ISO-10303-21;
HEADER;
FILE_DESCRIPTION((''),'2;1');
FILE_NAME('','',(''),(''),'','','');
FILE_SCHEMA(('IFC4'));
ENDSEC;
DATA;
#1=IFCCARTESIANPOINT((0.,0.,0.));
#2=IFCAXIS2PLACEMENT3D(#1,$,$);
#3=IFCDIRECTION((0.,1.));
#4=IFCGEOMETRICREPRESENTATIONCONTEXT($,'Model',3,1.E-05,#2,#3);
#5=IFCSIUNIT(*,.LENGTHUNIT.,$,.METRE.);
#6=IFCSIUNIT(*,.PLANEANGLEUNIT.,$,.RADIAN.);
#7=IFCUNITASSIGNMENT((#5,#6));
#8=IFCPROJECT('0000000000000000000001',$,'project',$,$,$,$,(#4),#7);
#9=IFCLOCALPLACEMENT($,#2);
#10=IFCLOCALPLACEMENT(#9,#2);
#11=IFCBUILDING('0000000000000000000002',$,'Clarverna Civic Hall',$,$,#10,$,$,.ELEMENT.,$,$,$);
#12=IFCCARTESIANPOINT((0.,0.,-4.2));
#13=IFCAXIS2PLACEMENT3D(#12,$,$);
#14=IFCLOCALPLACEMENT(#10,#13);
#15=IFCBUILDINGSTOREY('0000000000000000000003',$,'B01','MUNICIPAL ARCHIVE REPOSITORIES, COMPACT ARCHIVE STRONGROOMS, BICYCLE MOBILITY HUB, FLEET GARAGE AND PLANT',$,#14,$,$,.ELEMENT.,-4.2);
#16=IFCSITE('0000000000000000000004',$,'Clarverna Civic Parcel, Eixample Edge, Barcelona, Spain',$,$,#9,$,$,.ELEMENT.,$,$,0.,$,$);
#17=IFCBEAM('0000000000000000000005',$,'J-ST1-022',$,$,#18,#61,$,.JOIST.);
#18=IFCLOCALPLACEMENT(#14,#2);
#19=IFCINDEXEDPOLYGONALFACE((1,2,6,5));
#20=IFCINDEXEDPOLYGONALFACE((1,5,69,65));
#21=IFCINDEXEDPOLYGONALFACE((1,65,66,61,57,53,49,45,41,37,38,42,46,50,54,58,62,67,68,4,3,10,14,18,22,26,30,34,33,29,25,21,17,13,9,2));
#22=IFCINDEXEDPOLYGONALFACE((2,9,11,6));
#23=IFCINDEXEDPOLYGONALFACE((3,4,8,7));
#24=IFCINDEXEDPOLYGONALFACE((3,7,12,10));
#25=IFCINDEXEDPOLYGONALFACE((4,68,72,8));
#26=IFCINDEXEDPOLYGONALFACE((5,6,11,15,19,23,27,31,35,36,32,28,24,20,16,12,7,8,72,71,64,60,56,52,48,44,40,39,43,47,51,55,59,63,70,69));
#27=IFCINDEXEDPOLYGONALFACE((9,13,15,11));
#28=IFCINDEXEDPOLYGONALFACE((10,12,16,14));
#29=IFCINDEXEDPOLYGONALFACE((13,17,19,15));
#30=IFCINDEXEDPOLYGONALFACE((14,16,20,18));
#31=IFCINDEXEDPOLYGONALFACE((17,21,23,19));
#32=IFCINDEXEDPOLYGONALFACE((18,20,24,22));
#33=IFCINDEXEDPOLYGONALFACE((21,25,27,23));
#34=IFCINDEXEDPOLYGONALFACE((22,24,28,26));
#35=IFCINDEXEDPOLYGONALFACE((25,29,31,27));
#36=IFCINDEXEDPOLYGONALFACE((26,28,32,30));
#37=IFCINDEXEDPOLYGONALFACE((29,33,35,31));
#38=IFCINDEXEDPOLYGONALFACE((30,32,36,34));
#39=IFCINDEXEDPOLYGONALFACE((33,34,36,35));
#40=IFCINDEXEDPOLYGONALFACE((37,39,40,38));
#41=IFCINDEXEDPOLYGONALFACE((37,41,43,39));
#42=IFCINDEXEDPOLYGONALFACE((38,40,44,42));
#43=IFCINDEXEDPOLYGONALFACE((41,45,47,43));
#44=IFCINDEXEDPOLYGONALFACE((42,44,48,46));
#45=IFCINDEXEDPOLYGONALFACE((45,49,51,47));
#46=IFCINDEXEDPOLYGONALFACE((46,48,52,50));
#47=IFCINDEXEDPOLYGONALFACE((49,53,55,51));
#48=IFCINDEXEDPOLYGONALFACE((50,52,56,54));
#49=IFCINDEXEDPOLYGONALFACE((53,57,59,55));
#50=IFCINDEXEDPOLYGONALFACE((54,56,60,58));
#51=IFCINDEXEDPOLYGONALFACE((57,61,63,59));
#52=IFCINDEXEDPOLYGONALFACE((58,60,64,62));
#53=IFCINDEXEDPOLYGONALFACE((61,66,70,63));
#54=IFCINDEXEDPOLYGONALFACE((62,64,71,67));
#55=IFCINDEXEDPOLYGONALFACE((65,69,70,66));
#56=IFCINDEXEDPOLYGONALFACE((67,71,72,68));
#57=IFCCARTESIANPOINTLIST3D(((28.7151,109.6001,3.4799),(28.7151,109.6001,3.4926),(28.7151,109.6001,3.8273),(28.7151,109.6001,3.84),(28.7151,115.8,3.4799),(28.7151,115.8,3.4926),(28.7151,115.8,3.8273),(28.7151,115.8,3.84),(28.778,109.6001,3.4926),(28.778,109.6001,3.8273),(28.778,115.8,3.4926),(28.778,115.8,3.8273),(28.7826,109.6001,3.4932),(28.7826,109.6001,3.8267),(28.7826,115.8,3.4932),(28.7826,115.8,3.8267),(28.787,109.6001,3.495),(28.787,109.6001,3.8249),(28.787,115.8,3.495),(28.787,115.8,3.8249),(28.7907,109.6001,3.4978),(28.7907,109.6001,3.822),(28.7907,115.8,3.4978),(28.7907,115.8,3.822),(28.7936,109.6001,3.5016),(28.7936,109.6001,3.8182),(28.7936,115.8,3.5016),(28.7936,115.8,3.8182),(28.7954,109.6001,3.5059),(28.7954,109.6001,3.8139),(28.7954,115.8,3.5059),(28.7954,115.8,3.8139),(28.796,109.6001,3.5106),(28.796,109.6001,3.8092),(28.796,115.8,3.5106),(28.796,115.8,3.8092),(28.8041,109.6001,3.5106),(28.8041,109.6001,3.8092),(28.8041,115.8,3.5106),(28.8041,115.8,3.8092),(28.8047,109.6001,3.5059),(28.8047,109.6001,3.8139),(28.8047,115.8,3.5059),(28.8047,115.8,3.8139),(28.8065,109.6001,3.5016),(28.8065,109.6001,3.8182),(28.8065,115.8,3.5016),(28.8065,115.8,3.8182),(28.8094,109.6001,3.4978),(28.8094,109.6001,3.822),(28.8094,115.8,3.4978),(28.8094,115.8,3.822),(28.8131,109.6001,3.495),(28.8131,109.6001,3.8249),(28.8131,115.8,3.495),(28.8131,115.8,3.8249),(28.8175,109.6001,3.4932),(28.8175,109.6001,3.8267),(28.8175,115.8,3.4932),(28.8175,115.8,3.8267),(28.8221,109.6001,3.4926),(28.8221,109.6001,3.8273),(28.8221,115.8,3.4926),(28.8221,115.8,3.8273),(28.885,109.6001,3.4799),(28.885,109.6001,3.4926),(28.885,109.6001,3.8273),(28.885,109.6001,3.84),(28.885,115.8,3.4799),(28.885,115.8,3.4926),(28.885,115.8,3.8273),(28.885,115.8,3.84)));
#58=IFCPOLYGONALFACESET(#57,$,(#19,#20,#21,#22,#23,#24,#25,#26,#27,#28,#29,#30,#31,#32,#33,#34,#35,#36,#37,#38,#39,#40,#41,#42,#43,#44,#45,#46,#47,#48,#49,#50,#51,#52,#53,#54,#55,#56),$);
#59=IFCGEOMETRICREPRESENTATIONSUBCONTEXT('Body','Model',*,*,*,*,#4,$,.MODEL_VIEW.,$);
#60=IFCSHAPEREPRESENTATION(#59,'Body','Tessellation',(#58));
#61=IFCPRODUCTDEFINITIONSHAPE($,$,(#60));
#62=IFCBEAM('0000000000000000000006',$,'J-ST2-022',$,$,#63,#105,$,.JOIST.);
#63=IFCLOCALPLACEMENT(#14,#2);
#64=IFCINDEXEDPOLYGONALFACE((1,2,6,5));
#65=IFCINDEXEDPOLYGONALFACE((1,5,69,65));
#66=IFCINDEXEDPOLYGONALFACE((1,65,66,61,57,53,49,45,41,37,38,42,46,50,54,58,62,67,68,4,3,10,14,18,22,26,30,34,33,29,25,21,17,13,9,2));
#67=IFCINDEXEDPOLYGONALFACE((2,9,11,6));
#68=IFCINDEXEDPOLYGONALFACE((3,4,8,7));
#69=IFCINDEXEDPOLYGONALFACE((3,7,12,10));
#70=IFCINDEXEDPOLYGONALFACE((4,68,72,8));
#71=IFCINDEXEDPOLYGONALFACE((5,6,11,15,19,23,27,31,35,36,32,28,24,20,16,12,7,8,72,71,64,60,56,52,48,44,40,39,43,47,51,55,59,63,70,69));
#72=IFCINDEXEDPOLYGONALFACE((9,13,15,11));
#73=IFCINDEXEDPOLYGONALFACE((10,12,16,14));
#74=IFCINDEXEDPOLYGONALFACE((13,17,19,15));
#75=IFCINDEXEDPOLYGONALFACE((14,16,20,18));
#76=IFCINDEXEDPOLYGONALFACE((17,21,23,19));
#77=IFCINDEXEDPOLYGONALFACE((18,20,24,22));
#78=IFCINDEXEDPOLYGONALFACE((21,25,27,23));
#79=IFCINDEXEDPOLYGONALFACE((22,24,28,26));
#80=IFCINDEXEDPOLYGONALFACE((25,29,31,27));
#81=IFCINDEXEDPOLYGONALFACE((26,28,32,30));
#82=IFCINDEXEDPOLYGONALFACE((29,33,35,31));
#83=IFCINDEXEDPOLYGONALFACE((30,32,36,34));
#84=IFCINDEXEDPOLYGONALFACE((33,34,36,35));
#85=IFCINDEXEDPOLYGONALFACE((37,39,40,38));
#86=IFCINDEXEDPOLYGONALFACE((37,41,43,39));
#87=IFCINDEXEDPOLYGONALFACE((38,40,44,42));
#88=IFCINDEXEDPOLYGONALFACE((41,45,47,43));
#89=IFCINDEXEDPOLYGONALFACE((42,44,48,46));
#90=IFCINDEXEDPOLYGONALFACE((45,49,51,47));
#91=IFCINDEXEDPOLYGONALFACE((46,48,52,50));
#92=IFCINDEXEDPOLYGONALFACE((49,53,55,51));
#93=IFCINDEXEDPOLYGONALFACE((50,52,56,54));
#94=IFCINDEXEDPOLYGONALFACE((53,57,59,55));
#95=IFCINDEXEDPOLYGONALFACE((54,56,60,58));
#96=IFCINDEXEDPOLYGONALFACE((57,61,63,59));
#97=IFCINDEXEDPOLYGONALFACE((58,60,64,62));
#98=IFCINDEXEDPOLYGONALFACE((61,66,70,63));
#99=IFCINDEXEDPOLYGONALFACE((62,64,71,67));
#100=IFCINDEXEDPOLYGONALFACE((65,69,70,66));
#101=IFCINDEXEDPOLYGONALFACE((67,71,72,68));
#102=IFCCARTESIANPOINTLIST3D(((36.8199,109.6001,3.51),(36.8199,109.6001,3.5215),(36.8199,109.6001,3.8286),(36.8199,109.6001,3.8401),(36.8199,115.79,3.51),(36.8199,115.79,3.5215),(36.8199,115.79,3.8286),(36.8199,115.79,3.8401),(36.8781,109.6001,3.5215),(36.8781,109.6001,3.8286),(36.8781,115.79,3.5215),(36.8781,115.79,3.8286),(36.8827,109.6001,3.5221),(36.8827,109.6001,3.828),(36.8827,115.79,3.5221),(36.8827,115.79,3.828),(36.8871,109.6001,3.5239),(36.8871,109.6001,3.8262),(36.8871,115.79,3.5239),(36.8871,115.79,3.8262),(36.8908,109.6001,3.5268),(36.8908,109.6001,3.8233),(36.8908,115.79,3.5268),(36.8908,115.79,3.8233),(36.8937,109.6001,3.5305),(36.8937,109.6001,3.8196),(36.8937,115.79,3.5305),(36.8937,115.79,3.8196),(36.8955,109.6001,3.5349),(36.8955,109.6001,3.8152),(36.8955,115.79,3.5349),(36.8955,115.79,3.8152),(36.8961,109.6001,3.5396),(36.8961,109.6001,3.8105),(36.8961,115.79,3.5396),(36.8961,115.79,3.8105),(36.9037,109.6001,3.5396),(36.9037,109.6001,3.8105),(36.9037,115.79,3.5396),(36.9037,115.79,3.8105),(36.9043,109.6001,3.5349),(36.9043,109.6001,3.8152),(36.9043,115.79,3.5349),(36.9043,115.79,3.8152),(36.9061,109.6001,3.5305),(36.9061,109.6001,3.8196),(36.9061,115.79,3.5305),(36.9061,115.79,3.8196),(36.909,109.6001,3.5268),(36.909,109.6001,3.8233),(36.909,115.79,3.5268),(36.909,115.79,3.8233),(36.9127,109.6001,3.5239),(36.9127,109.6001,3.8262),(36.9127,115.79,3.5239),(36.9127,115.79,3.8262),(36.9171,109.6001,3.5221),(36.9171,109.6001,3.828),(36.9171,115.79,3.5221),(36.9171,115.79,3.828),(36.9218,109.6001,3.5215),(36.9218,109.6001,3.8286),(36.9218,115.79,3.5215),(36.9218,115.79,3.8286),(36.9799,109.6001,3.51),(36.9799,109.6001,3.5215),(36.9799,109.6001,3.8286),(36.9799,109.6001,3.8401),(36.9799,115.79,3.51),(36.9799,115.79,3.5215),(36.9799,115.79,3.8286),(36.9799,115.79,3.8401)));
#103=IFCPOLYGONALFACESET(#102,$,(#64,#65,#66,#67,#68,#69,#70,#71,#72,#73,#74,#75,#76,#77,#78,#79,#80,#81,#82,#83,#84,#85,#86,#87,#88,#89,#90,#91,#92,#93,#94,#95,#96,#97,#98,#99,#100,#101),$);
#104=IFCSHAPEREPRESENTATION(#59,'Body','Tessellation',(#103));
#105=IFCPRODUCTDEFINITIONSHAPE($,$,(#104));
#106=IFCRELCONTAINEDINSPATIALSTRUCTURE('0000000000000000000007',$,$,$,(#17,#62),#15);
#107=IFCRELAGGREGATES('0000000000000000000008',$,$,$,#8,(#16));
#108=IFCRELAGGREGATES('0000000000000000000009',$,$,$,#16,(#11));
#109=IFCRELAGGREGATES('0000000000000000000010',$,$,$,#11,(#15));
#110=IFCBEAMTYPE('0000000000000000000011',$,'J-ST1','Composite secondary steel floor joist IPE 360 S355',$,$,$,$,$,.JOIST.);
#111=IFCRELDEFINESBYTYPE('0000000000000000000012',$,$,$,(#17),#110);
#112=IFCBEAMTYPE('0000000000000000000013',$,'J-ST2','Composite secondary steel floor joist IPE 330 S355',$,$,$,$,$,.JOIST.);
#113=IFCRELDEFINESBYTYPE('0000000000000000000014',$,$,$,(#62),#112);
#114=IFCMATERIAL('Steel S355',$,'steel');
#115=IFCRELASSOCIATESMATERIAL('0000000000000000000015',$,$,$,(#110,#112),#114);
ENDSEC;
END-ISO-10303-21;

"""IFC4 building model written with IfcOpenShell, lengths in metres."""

from ifc_helpers import new_model, si_unit, direction, frame, origin, origin_2d, place, context, subcontext, project, spatial, i_section, extrude, material, material_profile, profile_set, type_object, element, save


model = new_model("IFC4")

# Units and contexts
model_context = context("Model", 3, precision=1e-05, world=origin(), true_north=direction((0.0, 1.0)))
body_context = subcontext(model_context, "Body", "Model", "MODEL_VIEW")
ifc_project = project(units=[si_unit("LENGTHUNIT", "METRE"), si_unit("PLANEANGLEUNIT", "RADIAN")], contexts=[model_context])

# Site, building, storey
site_placement = place(None, origin())
site = spatial("IfcSite", under=ifc_project, at=site_placement, Name="Clarverna Civic Parcel, Eixample Edge, Barcelona, Spain", CompositionType="ELEMENT", RefElevation=0.0)
building_placement = place(site_placement, origin())
building = spatial("IfcBuilding", under=site, at=building_placement, Name="Clarverna Civic Hall", CompositionType="ELEMENT")
storey_placement = place(building_placement, frame((0.0, 0.0, -4.2)))
storey = spatial("IfcBuildingStorey", under=building, at=storey_placement, Name="B01", Description="MUNICIPAL ARCHIVE REPOSITORIES, COMPACT ARCHIVE STRONGROOMS, BICYCLE MOBILITY HUB, FLEET GARAGE AND PLANT", CompositionType="ELEMENT", Elevation=-4.2)

# Beams
ifc_material_1 = material(Name="Steel S355", Category="steel")
ifc_material_profile_1 = material_profile(ifc_material_1, i_section(OverallWidth=0.1699, OverallDepth=0.3601, WebThickness=0.0081, FlangeThickness=0.0127, FilletRadius=0.0181, at=origin_2d()), Name="IPE 360")
ifc_profile_set_1 = profile_set([ifc_material_profile_1], Name="Steel S355")
beam_type_1 = type_object("IfcBeamType", Name="J-ST1", Description="Composite secondary steel floor joist IPE 360 S355", PredefinedType="JOIST", material=ifc_profile_set_1)
beam_1_placement = place(storey_placement, frame((28.8, 109.6001, 3.6599), z_axis=(0.0, 1.0, 0.0), x_axis=(-1.0, 0.0, 0.0)))
element("IfcBeam", 1, at=beam_1_placement, inside=storey, type_object=beam_type_1, Name="J-ST1-022", PredefinedType="JOIST", context=body_context, shape_type="SweptSolid", body=[
    extrude(i_section(OverallWidth=0.1699, OverallDepth=0.3601, WebThickness=0.0081, FlangeThickness=0.0127, FilletRadius=0.0181, at=origin_2d()), origin(), (0.0, 0.0, 1.0), 6.2),
])
ifc_material_profile_2 = material_profile(ifc_material_1, i_section(OverallWidth=0.1599, OverallDepth=0.3301, WebThickness=0.0076, FlangeThickness=0.0115, FilletRadius=0.0181, at=origin_2d()), Name="IPE 330")
ifc_profile_set_2 = profile_set([ifc_material_profile_2], Name="Steel S355")
beam_type_2 = type_object("IfcBeamType", Name="J-ST2", Description="Composite secondary steel floor joist IPE 330 S355", PredefinedType="JOIST", material=ifc_profile_set_2)
beam_2_placement = place(storey_placement, frame((36.8999, 109.6001, 3.675), z_axis=(0.0, 1.0, 0.0), x_axis=(-1.0, 0.0, 0.0)))
element("IfcBeam", 2, at=beam_2_placement, inside=storey, type_object=beam_type_2, Name="J-ST2-022", PredefinedType="JOIST", context=body_context, shape_type="SweptSolid", body=[
    extrude(i_section(OverallWidth=0.1599, OverallDepth=0.3301, WebThickness=0.0076, FlangeThickness=0.0115, FilletRadius=0.0181, at=origin_2d()), origin(), (0.0, 0.0, 1.0), 6.1899),
])

save(model, "model.ifc")
